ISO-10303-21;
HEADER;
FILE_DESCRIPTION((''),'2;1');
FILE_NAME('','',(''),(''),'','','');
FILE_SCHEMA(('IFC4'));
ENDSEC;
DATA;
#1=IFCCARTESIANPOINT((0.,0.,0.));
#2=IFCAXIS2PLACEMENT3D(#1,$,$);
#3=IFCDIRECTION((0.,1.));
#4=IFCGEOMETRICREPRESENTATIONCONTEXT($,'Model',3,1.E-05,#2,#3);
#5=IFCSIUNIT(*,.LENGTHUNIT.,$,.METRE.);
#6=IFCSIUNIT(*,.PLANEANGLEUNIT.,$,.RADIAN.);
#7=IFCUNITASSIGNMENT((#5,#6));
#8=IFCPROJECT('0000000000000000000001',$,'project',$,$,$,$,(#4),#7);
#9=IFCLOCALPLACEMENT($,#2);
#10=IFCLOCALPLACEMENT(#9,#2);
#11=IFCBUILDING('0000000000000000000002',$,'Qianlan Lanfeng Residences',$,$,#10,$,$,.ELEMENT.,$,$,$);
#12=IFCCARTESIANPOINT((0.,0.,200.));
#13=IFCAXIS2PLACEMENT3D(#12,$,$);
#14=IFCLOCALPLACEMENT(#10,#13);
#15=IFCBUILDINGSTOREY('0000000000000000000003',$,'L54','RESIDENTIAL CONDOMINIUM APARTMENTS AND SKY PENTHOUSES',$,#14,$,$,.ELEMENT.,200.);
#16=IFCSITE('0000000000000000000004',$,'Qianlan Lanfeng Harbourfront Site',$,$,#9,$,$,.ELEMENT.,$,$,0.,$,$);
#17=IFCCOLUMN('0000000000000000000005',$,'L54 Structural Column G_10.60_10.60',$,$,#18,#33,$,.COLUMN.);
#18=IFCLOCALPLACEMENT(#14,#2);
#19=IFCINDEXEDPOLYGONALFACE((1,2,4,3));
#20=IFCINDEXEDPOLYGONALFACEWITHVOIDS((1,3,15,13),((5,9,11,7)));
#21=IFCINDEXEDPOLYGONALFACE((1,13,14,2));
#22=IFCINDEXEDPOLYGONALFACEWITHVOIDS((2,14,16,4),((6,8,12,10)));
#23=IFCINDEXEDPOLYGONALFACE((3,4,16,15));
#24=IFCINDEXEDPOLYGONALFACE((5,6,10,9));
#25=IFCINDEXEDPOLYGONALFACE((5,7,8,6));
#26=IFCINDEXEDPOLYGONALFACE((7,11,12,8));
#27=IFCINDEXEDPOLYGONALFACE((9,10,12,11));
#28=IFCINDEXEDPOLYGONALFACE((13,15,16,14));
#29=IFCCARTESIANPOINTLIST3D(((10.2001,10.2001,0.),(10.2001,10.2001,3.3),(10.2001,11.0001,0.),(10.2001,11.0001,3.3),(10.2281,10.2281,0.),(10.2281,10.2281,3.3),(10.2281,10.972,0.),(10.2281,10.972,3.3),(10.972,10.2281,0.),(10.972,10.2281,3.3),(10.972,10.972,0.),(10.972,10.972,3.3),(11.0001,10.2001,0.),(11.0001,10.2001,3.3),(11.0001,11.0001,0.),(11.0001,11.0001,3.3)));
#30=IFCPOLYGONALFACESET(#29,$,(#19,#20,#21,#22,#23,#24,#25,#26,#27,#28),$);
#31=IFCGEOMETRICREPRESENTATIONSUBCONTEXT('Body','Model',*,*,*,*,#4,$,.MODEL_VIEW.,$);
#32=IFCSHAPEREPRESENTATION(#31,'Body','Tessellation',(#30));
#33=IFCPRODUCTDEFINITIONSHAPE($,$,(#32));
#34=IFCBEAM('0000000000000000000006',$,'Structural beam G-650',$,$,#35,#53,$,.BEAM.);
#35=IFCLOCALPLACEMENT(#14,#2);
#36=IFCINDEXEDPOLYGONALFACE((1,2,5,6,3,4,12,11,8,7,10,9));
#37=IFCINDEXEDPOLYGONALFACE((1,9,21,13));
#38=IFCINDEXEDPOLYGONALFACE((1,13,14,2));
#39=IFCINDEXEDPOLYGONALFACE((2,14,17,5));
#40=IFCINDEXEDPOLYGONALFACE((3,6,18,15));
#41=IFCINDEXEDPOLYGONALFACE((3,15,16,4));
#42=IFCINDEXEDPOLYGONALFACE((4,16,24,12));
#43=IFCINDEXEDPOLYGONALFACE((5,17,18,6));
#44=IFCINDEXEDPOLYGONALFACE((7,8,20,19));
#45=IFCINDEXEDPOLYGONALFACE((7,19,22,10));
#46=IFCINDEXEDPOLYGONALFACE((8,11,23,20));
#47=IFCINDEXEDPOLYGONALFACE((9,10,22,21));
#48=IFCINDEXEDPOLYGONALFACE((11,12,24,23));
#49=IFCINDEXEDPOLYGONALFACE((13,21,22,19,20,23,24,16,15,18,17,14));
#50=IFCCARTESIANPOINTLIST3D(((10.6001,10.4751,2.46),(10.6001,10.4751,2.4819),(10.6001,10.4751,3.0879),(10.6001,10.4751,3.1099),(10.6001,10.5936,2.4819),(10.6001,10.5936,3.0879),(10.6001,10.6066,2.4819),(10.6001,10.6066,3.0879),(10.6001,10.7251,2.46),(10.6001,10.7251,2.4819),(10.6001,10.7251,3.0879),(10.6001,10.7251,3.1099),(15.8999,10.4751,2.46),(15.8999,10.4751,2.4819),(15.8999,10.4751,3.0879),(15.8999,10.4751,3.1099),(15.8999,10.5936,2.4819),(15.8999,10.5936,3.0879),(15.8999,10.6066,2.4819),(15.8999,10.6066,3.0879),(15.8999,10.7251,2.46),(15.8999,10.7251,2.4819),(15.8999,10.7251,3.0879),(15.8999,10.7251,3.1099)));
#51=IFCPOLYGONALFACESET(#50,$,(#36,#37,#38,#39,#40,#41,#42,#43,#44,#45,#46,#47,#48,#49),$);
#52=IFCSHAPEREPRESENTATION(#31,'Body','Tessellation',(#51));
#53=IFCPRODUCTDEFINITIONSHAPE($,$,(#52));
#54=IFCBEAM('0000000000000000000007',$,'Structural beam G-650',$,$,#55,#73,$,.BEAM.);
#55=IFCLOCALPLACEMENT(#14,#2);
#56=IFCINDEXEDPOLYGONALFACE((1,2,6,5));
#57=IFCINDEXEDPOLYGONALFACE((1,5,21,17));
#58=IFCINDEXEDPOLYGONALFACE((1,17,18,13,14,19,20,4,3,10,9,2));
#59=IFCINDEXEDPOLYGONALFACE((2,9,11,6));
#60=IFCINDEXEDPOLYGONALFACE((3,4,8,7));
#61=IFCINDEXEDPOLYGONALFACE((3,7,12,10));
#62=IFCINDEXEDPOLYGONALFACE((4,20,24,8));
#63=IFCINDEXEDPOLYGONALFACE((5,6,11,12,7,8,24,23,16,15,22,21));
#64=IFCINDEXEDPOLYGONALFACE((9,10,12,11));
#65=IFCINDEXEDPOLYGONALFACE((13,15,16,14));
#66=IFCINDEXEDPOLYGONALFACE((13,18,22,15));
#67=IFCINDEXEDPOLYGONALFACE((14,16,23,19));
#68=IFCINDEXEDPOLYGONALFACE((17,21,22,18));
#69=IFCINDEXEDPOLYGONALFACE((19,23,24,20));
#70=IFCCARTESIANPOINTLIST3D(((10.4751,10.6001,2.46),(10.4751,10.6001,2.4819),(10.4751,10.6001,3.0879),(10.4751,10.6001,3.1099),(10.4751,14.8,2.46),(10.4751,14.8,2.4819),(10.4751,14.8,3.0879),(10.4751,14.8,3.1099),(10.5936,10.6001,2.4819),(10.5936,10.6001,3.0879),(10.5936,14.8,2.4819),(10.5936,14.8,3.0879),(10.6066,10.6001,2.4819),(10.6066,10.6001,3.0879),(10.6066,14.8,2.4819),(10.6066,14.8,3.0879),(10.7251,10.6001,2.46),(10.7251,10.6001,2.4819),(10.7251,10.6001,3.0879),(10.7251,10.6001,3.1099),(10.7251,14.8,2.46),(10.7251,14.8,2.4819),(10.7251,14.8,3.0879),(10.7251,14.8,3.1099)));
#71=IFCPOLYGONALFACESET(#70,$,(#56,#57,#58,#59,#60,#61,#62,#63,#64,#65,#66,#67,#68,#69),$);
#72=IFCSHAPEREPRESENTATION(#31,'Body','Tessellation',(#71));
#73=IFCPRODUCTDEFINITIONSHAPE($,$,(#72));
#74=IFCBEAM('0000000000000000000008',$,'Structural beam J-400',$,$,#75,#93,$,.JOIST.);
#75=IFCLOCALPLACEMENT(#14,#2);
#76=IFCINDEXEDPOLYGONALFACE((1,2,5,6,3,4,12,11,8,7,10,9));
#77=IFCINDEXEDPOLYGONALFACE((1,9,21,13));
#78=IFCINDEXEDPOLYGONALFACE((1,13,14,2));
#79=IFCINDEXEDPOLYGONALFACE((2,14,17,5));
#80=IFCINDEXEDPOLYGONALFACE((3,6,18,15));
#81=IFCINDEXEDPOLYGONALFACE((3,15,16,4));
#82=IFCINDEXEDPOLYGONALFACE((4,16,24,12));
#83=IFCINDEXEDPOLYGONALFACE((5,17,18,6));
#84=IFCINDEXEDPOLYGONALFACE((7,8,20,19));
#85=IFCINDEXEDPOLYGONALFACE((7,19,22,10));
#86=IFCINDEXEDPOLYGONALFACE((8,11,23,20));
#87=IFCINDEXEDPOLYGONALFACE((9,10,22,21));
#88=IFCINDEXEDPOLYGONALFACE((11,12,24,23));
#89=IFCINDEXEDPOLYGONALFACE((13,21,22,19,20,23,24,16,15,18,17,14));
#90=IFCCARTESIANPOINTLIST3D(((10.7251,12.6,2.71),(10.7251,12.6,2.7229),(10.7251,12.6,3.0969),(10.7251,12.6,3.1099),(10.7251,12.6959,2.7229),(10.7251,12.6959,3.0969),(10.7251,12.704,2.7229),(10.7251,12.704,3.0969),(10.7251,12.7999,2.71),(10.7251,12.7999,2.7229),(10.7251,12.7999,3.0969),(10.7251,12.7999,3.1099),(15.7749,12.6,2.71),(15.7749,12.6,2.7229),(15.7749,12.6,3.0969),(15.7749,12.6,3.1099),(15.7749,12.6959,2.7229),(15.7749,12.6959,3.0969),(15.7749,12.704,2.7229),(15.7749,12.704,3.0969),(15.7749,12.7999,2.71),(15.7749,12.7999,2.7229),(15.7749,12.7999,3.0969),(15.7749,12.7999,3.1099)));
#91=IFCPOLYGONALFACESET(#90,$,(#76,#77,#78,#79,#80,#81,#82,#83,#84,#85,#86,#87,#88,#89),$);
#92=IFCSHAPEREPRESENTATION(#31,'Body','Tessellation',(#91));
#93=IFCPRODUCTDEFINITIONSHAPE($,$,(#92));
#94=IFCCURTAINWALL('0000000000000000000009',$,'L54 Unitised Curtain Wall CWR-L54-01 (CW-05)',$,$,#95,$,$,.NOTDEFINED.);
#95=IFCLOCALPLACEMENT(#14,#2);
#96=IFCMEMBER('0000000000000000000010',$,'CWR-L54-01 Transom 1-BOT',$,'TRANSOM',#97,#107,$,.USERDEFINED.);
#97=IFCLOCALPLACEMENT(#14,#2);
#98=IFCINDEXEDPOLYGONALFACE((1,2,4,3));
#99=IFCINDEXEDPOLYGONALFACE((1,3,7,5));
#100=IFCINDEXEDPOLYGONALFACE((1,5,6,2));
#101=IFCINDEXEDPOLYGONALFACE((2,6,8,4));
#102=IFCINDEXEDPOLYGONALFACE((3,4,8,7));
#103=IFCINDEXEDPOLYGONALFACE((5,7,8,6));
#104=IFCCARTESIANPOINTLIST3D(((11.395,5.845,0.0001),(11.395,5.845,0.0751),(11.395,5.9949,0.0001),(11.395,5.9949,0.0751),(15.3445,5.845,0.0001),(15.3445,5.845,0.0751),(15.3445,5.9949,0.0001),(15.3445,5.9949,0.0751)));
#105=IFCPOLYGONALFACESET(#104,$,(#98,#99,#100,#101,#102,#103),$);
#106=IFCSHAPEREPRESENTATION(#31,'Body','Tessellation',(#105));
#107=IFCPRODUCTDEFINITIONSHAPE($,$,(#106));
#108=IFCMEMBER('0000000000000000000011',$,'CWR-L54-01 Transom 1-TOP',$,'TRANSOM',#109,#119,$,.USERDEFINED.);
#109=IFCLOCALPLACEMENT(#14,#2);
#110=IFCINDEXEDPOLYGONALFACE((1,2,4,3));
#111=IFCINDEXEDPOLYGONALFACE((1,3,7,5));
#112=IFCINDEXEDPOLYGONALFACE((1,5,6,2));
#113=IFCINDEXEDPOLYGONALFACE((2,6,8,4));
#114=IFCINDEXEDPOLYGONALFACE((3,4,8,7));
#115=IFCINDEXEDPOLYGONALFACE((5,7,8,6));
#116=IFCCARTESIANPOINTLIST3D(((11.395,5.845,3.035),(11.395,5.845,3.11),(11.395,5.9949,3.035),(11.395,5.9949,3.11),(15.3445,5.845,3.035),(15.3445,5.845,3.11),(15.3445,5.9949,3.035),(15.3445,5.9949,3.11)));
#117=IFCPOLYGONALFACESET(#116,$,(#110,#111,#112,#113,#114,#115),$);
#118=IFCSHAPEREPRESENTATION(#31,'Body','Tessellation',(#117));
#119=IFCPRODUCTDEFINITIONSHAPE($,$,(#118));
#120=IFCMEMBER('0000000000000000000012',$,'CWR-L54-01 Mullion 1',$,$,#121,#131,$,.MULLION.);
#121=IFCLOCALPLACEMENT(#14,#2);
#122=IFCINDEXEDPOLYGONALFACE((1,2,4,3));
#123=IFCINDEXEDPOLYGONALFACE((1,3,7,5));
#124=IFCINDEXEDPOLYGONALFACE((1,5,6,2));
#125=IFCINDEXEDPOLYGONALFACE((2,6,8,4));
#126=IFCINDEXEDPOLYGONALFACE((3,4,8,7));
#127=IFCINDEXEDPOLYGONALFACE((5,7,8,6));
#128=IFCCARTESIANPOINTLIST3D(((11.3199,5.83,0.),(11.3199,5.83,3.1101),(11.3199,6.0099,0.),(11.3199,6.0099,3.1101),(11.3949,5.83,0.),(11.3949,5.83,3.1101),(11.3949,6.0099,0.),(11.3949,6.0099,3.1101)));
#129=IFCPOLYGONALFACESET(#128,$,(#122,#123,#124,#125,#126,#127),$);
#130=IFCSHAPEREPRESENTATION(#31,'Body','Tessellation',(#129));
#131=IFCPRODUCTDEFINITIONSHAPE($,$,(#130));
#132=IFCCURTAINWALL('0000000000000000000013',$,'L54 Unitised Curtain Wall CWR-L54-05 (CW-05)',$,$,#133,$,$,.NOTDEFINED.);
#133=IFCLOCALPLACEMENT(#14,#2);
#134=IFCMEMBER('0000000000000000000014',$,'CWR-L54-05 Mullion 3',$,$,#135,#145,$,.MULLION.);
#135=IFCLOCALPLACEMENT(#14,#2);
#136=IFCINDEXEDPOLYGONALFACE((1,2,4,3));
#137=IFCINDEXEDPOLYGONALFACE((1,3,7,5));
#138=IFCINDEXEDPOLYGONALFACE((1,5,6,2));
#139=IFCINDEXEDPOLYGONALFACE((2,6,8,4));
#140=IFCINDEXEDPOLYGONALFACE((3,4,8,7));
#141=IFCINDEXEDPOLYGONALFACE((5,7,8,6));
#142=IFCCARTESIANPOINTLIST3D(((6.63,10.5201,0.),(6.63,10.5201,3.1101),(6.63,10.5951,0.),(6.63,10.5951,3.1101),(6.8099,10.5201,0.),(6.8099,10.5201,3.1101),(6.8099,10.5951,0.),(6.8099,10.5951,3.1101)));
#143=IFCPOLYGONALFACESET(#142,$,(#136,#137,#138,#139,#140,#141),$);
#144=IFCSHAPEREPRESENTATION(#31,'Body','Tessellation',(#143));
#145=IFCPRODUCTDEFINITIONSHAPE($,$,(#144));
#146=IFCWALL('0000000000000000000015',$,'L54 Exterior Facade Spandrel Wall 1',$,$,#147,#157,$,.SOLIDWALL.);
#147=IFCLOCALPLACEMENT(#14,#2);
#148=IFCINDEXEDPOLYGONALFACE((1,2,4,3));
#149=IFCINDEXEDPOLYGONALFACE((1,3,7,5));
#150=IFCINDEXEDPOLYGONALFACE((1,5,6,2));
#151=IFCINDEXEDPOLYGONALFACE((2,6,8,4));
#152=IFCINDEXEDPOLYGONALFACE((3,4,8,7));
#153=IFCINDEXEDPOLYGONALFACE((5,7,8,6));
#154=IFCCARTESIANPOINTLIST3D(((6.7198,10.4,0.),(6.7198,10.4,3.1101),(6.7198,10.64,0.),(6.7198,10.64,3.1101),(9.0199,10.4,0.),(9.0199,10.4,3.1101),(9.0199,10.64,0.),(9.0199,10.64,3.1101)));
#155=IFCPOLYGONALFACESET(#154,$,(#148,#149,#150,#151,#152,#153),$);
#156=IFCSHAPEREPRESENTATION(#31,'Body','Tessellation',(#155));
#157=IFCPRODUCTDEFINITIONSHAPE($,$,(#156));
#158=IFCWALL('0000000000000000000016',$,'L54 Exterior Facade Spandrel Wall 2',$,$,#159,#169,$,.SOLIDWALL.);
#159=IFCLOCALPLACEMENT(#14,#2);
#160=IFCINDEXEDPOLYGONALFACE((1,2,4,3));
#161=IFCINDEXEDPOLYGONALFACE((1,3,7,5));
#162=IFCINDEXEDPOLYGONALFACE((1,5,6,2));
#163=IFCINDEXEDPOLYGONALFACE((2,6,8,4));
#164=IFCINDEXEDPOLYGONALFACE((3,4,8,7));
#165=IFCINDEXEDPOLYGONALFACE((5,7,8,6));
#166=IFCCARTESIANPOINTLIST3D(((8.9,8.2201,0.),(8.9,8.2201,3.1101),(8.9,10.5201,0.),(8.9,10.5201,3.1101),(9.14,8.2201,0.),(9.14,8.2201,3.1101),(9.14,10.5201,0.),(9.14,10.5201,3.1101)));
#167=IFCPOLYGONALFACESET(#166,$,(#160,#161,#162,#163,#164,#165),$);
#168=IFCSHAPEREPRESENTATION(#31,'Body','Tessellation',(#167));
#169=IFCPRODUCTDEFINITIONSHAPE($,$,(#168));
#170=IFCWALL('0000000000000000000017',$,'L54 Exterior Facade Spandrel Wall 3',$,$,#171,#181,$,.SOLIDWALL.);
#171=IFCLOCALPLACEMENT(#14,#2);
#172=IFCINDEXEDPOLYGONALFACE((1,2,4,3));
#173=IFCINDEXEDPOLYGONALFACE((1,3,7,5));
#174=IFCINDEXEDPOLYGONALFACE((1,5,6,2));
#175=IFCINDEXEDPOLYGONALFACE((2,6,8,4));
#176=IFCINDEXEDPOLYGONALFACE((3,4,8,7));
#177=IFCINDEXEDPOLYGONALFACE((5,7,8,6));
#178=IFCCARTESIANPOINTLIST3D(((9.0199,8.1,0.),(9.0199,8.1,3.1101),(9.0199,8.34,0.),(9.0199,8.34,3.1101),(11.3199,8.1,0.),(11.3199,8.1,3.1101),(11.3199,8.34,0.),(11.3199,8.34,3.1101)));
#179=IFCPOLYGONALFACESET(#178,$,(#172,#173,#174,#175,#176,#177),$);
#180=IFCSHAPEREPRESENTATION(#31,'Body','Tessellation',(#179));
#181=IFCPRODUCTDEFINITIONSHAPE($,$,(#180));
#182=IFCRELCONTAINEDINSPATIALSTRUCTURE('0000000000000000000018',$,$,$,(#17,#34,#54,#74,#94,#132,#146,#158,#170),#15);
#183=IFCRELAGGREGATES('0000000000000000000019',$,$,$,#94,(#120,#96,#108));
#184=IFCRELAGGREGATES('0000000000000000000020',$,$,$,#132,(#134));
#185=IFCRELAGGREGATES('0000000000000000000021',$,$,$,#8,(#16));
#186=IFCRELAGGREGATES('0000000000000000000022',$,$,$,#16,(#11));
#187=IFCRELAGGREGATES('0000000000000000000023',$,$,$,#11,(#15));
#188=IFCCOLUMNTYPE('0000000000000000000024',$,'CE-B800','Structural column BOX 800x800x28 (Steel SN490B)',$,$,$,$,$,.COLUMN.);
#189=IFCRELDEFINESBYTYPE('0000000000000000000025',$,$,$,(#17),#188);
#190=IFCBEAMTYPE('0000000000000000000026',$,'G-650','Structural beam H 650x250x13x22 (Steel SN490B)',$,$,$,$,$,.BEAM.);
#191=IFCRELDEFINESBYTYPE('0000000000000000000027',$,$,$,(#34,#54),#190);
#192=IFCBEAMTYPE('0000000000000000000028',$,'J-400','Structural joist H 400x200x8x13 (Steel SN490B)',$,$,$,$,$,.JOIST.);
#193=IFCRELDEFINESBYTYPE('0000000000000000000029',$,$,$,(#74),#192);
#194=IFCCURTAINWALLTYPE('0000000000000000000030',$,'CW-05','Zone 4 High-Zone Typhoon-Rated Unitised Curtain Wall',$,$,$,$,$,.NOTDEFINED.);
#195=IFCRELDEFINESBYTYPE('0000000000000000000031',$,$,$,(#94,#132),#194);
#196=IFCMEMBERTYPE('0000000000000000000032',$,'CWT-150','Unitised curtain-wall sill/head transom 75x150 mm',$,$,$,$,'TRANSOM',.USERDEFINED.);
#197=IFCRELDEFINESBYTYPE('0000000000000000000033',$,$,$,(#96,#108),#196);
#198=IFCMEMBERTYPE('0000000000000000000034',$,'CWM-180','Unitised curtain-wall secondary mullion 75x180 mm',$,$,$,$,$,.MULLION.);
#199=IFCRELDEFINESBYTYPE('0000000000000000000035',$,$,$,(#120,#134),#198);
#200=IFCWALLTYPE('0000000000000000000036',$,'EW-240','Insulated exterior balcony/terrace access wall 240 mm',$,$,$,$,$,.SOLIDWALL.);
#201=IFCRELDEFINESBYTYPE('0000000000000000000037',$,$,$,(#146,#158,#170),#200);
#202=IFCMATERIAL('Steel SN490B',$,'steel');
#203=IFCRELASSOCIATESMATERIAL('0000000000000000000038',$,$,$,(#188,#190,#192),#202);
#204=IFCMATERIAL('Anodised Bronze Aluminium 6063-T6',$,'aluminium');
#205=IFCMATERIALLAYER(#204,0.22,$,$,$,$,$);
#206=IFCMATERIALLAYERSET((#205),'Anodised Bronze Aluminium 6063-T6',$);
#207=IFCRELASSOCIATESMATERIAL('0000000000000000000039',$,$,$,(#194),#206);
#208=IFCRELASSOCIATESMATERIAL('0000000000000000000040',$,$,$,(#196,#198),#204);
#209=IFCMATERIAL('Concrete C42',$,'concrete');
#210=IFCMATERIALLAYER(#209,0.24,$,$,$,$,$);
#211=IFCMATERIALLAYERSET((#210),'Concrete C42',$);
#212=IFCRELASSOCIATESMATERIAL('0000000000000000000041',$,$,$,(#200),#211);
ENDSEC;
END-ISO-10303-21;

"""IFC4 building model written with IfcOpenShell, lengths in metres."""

from ifc_helpers import new_model, si_unit, direction, frame, frame_2d, origin, origin_2d, place, context, subcontext, project, spatial, rectangle, hollow_rectangle, i_section, extrude, source, transform, mapped, material, layer, layer_set, material_profile, profile_set, type_object, element, aggregate, save


model = new_model("IFC4")

# Units and contexts
model_context = context("Model", 3, precision=1e-05, world=origin(), true_north=direction((0.0, 1.0)))
body_context = subcontext(model_context, "Body", "Model", "MODEL_VIEW")
ifc_project = project(units=[si_unit("LENGTHUNIT", "METRE"), si_unit("PLANEANGLEUNIT", "RADIAN")], contexts=[model_context])

# Site, building, storey
site_placement = place(None, origin())
site = spatial("IfcSite", under=ifc_project, at=site_placement, Name="Qianlan Lanfeng Harbourfront Site", CompositionType="ELEMENT", RefElevation=0.0)
building_placement = place(site_placement, origin())
building = spatial("IfcBuilding", under=site, at=building_placement, Name="Qianlan Lanfeng Residences", CompositionType="ELEMENT")
storey_placement = place(building_placement, frame((0.0, 0.0, 200.0)))
storey = spatial("IfcBuildingStorey", under=building, at=storey_placement, Name="L54", Description="RESIDENTIAL CONDOMINIUM APARTMENTS AND SKY PENTHOUSES", CompositionType="ELEMENT", Elevation=200.0)

# Column
ifc_material_1 = material(Name="Steel SN490B", Category="steel")
ifc_material_profile_1 = material_profile(ifc_material_1, hollow_rectangle(XDim=0.8, YDim=0.8, WallThickness=0.0281, at=origin_2d()), Name="BOX 800x800x28")
ifc_profile_set_1 = profile_set([ifc_material_profile_1], Name="Steel SN490B")
column_type = type_object("IfcColumnType", Name="CE-B800", Description="Structural column BOX 800x800x28 (Steel SN490B)", PredefinedType="COLUMN", material=ifc_profile_set_1)
column_placement = place(storey_placement, frame((10.6001, 10.6001, 0.0), z_axis=(0.0, 0.0, 1.0), x_axis=(1.0, 0.0, 0.0)))
element("IfcColumn", 1, at=column_placement, inside=storey, type_object=column_type, Name="L54 Structural Column G_10.60_10.60", PredefinedType="COLUMN", context=body_context, shape_type="SweptSolid", body=[
    extrude(hollow_rectangle(XDim=0.8, YDim=0.8, WallThickness=0.0281, at=origin_2d()), origin(), (0.0, 0.0, 1.0), 3.3),
])

# Beams
ifc_material_profile_2 = material_profile(ifc_material_1, i_section(OverallWidth=0.25, OverallDepth=0.6499, WebThickness=0.0129, FlangeThickness=0.022, at=origin_2d()), Name="H 650x250x13x22")
ifc_profile_set_2 = profile_set([ifc_material_profile_2], Name="Steel SN490B")
beam_type_1 = type_object("IfcBeamType", Name="G-650", Description="Structural beam H 650x250x13x22 (Steel SN490B)", PredefinedType="BEAM", material=ifc_profile_set_2)
beam_1_placement = place(storey_placement, frame((10.6001, 10.6001, 2.7849), z_axis=(1.0, 0.0, 0.0), x_axis=(0.0, 1.0, 0.0)))
element("IfcBeam", 2, at=beam_1_placement, inside=storey, type_object=beam_type_1, Name="Structural beam G-650", PredefinedType="BEAM", context=body_context, shape_type="SweptSolid", body=[
    extrude(i_section(OverallWidth=0.25, OverallDepth=0.6499, WebThickness=0.0129, FlangeThickness=0.022, at=origin_2d()), origin(), (0.0, 0.0, 1.0), 5.2998),
])
beam_2_placement = place(storey_placement, frame((10.6001, 10.6001, 2.7849), z_axis=(0.0, 1.0, 0.0), x_axis=(-1.0, 0.0, 0.0)))
element("IfcBeam", 3, at=beam_2_placement, inside=storey, type_object=beam_type_1, Name="Structural beam G-650", PredefinedType="BEAM", context=body_context, shape_type="SweptSolid", body=[
    extrude(i_section(OverallWidth=0.25, OverallDepth=0.6499, WebThickness=0.0129, FlangeThickness=0.022, at=origin_2d()), origin(), (0.0, 0.0, 1.0), 4.2),
])
ifc_material_profile_3 = material_profile(ifc_material_1, i_section(OverallWidth=0.2, OverallDepth=0.3999, WebThickness=0.0081, FlangeThickness=0.0129, at=origin_2d()), Name="H 400x200x8x13")
ifc_profile_set_3 = profile_set([ifc_material_profile_3], Name="Steel SN490B")
beam_type_2 = type_object("IfcBeamType", Name="J-400", Description="Structural joist H 400x200x8x13 (Steel SN490B)", PredefinedType="JOIST", material=ifc_profile_set_3)
beam_3_placement = place(storey_placement, frame((10.7251, 12.7, 2.9099), z_axis=(1.0, 0.0, 0.0), x_axis=(0.0, 1.0, 0.0)))
element("IfcBeam", 4, at=beam_3_placement, inside=storey, type_object=beam_type_2, Name="Structural beam J-400", PredefinedType="JOIST", context=body_context, shape_type="SweptSolid", body=[
    extrude(i_section(OverallWidth=0.2, OverallDepth=0.3999, WebThickness=0.0081, FlangeThickness=0.0129, at=origin_2d()), origin(), (0.0, 0.0, 1.0), 5.0498),
])

# Curtain wall, members
ifc_material_2 = material(Name="Anodised Bronze Aluminium 6063-T6", Category="aluminium")
ifc_layer_1 = layer(ifc_material_2, 0.22)
ifc_layer_set_1 = layer_set([ifc_layer_1], Name="Anodised Bronze Aluminium 6063-T6")
curtain_wall_type = type_object("IfcCurtainWallType", Name="CW-05", Description="Zone 4 High-Zone Typhoon-Rated Unitised Curtain Wall", PredefinedType="NOTDEFINED", material=ifc_layer_set_1)
curtain_wall_1_placement = place(storey_placement, origin())
curtain_wall_1 = element("IfcCurtainWall", 5, at=curtain_wall_1_placement, inside=storey, type_object=curtain_wall_type, Name="L54 Unitised Curtain Wall CWR-L54-01 (CW-05)", PredefinedType="NOTDEFINED")
ifc_material_profile_4 = material_profile(ifc_material_2, rectangle(XDim=0.075, YDim=0.1499, at=origin_2d()), Name="ALU TRANSOM 75x150")
ifc_profile_set_4 = profile_set([ifc_material_profile_4], Name="Anodised Bronze Aluminium 6063-T6")
member_type_1 = type_object("IfcMemberType", Name="CWT-150", Description="Unitised curtain-wall sill/head transom 75x150 mm", ElementType="TRANSOM", PredefinedType="USERDEFINED", material=ifc_profile_set_4)
shared_shape_1 = source(origin(), body_context, "Body", "SweptSolid", [
    extrude(rectangle(XDim=0.075, YDim=0.1499, at=origin_2d()), origin(), (0.0, 0.0, 1.0), 3.9495),
])
member_1_placement = place(storey_placement, frame((11.395, 5.9199, 0.0376), z_axis=(1.0, 0.0, 0.0), x_axis=(0.0, 0.0, 1.0)))
member_1 = element("IfcMember", 6, at=member_1_placement, type_object=member_type_1, Name="CWR-L54-01 Transom 1-BOT", ObjectType="TRANSOM", PredefinedType="USERDEFINED", context=body_context, shape_type="MappedRepresentation", body=[
    mapped(shared_shape_1, transform((0.0, 0.0, 0.0), scale=1.0)),
])
member_2_placement = place(storey_placement, frame((11.395, 5.9199, 3.0725), z_axis=(1.0, 0.0, 0.0), x_axis=(0.0, 0.0, 1.0)))
member_2 = element("IfcMember", 7, at=member_2_placement, type_object=member_type_1, Name="CWR-L54-01 Transom 1-TOP", ObjectType="TRANSOM", PredefinedType="USERDEFINED", context=body_context, shape_type="MappedRepresentation", body=[
    mapped(shared_shape_1, transform((0.0, 0.0, 0.0), scale=1.0)),
])
ifc_material_profile_5 = material_profile(ifc_material_2, rectangle(XDim=0.075, YDim=0.1799, at=origin_2d()), Name="ALU MULLION 75x180")
ifc_profile_set_5 = profile_set([ifc_material_profile_5], Name="Anodised Bronze Aluminium 6063-T6")
member_type_2 = type_object("IfcMemberType", Name="CWM-180", Description="Unitised curtain-wall secondary mullion 75x180 mm", PredefinedType="MULLION", material=ifc_profile_set_5)
shared_shape_2 = source(origin(), body_context, "Body", "SweptSolid", [
    extrude(rectangle(XDim=0.075, YDim=0.1799, at=origin_2d()), origin(), (0.0, 0.0, 1.0), 3.1101),
])
member_3_placement = place(storey_placement, frame((11.3574, 5.9199, 0.0), z_axis=(0.0, 0.0, 1.0), x_axis=(1.0, 0.0, 0.0)))
member_3 = element("IfcMember", 8, at=member_3_placement, type_object=member_type_2, Name="CWR-L54-01 Mullion 1", PredefinedType="MULLION", context=body_context, shape_type="MappedRepresentation", body=[
    mapped(shared_shape_2, transform((0.0, 0.0, 0.0), scale=1.0)),
])
aggregate(curtain_wall_1, [member_3, member_1, member_2])

# Curtain wall, member
curtain_wall_2_placement = place(storey_placement, origin())
curtain_wall_2 = element("IfcCurtainWall", 9, at=curtain_wall_2_placement, inside=storey, type_object=curtain_wall_type, Name="L54 Unitised Curtain Wall CWR-L54-05 (CW-05)", PredefinedType="NOTDEFINED")
member_4_placement = place(storey_placement, frame((6.72, 10.5576, 0.0), z_axis=(0.0, 0.0, 1.0), x_axis=(0.0, -1.0, 0.0)))
member_4 = element("IfcMember", 10, at=member_4_placement, type_object=member_type_2, Name="CWR-L54-05 Mullion 3", PredefinedType="MULLION", context=body_context, shape_type="MappedRepresentation", body=[
    mapped(shared_shape_2, transform((0.0, 0.0, 0.0), scale=1.0)),
])
aggregate(curtain_wall_2, [member_4])

# Walls
ifc_material_3 = material(Name="Concrete C42", Category="concrete")
ifc_layer_2 = layer(ifc_material_3, 0.24)
ifc_layer_set_2 = layer_set([ifc_layer_2], Name="Concrete C42")
wall_type_1 = type_object("IfcWallType", Name="EW-240", Description="Insulated exterior balcony/terrace access wall 240 mm", PredefinedType="SOLIDWALL", material=ifc_layer_set_2)
for number, where, z_axis, x_axis, name in (
    (11, (6.72, 10.52, 0.0), (0.0, 0.0, 1.0), (1.0, 0.0, 0.0), "L54 Exterior Facade Spandrel Wall 1"),
    (12, (9.02, 10.52, 0.0), (0.0, 0.0, 1.0), (0.0, -1.0, 0.0), "L54 Exterior Facade Spandrel Wall 2"),
    (13, (9.02, 8.22, 0.0), (0.0, 0.0, 1.0), (1.0, 0.0, 0.0), "L54 Exterior Facade Spandrel Wall 3"),
):
    element("IfcWall", number, at=place(storey_placement, frame(where, z_axis=z_axis, x_axis=x_axis)), inside=storey, type_object=wall_type_1, Name=name, PredefinedType="SOLIDWALL", context=body_context, shape_type="SweptSolid", body=[
        extrude(rectangle(XDim=2.3, YDim=0.24, at=frame_2d((1.1499, 0.0))), origin(), (0.0, 0.0, 1.0), 3.1101),
    ])

save(model, "model.ifc")
